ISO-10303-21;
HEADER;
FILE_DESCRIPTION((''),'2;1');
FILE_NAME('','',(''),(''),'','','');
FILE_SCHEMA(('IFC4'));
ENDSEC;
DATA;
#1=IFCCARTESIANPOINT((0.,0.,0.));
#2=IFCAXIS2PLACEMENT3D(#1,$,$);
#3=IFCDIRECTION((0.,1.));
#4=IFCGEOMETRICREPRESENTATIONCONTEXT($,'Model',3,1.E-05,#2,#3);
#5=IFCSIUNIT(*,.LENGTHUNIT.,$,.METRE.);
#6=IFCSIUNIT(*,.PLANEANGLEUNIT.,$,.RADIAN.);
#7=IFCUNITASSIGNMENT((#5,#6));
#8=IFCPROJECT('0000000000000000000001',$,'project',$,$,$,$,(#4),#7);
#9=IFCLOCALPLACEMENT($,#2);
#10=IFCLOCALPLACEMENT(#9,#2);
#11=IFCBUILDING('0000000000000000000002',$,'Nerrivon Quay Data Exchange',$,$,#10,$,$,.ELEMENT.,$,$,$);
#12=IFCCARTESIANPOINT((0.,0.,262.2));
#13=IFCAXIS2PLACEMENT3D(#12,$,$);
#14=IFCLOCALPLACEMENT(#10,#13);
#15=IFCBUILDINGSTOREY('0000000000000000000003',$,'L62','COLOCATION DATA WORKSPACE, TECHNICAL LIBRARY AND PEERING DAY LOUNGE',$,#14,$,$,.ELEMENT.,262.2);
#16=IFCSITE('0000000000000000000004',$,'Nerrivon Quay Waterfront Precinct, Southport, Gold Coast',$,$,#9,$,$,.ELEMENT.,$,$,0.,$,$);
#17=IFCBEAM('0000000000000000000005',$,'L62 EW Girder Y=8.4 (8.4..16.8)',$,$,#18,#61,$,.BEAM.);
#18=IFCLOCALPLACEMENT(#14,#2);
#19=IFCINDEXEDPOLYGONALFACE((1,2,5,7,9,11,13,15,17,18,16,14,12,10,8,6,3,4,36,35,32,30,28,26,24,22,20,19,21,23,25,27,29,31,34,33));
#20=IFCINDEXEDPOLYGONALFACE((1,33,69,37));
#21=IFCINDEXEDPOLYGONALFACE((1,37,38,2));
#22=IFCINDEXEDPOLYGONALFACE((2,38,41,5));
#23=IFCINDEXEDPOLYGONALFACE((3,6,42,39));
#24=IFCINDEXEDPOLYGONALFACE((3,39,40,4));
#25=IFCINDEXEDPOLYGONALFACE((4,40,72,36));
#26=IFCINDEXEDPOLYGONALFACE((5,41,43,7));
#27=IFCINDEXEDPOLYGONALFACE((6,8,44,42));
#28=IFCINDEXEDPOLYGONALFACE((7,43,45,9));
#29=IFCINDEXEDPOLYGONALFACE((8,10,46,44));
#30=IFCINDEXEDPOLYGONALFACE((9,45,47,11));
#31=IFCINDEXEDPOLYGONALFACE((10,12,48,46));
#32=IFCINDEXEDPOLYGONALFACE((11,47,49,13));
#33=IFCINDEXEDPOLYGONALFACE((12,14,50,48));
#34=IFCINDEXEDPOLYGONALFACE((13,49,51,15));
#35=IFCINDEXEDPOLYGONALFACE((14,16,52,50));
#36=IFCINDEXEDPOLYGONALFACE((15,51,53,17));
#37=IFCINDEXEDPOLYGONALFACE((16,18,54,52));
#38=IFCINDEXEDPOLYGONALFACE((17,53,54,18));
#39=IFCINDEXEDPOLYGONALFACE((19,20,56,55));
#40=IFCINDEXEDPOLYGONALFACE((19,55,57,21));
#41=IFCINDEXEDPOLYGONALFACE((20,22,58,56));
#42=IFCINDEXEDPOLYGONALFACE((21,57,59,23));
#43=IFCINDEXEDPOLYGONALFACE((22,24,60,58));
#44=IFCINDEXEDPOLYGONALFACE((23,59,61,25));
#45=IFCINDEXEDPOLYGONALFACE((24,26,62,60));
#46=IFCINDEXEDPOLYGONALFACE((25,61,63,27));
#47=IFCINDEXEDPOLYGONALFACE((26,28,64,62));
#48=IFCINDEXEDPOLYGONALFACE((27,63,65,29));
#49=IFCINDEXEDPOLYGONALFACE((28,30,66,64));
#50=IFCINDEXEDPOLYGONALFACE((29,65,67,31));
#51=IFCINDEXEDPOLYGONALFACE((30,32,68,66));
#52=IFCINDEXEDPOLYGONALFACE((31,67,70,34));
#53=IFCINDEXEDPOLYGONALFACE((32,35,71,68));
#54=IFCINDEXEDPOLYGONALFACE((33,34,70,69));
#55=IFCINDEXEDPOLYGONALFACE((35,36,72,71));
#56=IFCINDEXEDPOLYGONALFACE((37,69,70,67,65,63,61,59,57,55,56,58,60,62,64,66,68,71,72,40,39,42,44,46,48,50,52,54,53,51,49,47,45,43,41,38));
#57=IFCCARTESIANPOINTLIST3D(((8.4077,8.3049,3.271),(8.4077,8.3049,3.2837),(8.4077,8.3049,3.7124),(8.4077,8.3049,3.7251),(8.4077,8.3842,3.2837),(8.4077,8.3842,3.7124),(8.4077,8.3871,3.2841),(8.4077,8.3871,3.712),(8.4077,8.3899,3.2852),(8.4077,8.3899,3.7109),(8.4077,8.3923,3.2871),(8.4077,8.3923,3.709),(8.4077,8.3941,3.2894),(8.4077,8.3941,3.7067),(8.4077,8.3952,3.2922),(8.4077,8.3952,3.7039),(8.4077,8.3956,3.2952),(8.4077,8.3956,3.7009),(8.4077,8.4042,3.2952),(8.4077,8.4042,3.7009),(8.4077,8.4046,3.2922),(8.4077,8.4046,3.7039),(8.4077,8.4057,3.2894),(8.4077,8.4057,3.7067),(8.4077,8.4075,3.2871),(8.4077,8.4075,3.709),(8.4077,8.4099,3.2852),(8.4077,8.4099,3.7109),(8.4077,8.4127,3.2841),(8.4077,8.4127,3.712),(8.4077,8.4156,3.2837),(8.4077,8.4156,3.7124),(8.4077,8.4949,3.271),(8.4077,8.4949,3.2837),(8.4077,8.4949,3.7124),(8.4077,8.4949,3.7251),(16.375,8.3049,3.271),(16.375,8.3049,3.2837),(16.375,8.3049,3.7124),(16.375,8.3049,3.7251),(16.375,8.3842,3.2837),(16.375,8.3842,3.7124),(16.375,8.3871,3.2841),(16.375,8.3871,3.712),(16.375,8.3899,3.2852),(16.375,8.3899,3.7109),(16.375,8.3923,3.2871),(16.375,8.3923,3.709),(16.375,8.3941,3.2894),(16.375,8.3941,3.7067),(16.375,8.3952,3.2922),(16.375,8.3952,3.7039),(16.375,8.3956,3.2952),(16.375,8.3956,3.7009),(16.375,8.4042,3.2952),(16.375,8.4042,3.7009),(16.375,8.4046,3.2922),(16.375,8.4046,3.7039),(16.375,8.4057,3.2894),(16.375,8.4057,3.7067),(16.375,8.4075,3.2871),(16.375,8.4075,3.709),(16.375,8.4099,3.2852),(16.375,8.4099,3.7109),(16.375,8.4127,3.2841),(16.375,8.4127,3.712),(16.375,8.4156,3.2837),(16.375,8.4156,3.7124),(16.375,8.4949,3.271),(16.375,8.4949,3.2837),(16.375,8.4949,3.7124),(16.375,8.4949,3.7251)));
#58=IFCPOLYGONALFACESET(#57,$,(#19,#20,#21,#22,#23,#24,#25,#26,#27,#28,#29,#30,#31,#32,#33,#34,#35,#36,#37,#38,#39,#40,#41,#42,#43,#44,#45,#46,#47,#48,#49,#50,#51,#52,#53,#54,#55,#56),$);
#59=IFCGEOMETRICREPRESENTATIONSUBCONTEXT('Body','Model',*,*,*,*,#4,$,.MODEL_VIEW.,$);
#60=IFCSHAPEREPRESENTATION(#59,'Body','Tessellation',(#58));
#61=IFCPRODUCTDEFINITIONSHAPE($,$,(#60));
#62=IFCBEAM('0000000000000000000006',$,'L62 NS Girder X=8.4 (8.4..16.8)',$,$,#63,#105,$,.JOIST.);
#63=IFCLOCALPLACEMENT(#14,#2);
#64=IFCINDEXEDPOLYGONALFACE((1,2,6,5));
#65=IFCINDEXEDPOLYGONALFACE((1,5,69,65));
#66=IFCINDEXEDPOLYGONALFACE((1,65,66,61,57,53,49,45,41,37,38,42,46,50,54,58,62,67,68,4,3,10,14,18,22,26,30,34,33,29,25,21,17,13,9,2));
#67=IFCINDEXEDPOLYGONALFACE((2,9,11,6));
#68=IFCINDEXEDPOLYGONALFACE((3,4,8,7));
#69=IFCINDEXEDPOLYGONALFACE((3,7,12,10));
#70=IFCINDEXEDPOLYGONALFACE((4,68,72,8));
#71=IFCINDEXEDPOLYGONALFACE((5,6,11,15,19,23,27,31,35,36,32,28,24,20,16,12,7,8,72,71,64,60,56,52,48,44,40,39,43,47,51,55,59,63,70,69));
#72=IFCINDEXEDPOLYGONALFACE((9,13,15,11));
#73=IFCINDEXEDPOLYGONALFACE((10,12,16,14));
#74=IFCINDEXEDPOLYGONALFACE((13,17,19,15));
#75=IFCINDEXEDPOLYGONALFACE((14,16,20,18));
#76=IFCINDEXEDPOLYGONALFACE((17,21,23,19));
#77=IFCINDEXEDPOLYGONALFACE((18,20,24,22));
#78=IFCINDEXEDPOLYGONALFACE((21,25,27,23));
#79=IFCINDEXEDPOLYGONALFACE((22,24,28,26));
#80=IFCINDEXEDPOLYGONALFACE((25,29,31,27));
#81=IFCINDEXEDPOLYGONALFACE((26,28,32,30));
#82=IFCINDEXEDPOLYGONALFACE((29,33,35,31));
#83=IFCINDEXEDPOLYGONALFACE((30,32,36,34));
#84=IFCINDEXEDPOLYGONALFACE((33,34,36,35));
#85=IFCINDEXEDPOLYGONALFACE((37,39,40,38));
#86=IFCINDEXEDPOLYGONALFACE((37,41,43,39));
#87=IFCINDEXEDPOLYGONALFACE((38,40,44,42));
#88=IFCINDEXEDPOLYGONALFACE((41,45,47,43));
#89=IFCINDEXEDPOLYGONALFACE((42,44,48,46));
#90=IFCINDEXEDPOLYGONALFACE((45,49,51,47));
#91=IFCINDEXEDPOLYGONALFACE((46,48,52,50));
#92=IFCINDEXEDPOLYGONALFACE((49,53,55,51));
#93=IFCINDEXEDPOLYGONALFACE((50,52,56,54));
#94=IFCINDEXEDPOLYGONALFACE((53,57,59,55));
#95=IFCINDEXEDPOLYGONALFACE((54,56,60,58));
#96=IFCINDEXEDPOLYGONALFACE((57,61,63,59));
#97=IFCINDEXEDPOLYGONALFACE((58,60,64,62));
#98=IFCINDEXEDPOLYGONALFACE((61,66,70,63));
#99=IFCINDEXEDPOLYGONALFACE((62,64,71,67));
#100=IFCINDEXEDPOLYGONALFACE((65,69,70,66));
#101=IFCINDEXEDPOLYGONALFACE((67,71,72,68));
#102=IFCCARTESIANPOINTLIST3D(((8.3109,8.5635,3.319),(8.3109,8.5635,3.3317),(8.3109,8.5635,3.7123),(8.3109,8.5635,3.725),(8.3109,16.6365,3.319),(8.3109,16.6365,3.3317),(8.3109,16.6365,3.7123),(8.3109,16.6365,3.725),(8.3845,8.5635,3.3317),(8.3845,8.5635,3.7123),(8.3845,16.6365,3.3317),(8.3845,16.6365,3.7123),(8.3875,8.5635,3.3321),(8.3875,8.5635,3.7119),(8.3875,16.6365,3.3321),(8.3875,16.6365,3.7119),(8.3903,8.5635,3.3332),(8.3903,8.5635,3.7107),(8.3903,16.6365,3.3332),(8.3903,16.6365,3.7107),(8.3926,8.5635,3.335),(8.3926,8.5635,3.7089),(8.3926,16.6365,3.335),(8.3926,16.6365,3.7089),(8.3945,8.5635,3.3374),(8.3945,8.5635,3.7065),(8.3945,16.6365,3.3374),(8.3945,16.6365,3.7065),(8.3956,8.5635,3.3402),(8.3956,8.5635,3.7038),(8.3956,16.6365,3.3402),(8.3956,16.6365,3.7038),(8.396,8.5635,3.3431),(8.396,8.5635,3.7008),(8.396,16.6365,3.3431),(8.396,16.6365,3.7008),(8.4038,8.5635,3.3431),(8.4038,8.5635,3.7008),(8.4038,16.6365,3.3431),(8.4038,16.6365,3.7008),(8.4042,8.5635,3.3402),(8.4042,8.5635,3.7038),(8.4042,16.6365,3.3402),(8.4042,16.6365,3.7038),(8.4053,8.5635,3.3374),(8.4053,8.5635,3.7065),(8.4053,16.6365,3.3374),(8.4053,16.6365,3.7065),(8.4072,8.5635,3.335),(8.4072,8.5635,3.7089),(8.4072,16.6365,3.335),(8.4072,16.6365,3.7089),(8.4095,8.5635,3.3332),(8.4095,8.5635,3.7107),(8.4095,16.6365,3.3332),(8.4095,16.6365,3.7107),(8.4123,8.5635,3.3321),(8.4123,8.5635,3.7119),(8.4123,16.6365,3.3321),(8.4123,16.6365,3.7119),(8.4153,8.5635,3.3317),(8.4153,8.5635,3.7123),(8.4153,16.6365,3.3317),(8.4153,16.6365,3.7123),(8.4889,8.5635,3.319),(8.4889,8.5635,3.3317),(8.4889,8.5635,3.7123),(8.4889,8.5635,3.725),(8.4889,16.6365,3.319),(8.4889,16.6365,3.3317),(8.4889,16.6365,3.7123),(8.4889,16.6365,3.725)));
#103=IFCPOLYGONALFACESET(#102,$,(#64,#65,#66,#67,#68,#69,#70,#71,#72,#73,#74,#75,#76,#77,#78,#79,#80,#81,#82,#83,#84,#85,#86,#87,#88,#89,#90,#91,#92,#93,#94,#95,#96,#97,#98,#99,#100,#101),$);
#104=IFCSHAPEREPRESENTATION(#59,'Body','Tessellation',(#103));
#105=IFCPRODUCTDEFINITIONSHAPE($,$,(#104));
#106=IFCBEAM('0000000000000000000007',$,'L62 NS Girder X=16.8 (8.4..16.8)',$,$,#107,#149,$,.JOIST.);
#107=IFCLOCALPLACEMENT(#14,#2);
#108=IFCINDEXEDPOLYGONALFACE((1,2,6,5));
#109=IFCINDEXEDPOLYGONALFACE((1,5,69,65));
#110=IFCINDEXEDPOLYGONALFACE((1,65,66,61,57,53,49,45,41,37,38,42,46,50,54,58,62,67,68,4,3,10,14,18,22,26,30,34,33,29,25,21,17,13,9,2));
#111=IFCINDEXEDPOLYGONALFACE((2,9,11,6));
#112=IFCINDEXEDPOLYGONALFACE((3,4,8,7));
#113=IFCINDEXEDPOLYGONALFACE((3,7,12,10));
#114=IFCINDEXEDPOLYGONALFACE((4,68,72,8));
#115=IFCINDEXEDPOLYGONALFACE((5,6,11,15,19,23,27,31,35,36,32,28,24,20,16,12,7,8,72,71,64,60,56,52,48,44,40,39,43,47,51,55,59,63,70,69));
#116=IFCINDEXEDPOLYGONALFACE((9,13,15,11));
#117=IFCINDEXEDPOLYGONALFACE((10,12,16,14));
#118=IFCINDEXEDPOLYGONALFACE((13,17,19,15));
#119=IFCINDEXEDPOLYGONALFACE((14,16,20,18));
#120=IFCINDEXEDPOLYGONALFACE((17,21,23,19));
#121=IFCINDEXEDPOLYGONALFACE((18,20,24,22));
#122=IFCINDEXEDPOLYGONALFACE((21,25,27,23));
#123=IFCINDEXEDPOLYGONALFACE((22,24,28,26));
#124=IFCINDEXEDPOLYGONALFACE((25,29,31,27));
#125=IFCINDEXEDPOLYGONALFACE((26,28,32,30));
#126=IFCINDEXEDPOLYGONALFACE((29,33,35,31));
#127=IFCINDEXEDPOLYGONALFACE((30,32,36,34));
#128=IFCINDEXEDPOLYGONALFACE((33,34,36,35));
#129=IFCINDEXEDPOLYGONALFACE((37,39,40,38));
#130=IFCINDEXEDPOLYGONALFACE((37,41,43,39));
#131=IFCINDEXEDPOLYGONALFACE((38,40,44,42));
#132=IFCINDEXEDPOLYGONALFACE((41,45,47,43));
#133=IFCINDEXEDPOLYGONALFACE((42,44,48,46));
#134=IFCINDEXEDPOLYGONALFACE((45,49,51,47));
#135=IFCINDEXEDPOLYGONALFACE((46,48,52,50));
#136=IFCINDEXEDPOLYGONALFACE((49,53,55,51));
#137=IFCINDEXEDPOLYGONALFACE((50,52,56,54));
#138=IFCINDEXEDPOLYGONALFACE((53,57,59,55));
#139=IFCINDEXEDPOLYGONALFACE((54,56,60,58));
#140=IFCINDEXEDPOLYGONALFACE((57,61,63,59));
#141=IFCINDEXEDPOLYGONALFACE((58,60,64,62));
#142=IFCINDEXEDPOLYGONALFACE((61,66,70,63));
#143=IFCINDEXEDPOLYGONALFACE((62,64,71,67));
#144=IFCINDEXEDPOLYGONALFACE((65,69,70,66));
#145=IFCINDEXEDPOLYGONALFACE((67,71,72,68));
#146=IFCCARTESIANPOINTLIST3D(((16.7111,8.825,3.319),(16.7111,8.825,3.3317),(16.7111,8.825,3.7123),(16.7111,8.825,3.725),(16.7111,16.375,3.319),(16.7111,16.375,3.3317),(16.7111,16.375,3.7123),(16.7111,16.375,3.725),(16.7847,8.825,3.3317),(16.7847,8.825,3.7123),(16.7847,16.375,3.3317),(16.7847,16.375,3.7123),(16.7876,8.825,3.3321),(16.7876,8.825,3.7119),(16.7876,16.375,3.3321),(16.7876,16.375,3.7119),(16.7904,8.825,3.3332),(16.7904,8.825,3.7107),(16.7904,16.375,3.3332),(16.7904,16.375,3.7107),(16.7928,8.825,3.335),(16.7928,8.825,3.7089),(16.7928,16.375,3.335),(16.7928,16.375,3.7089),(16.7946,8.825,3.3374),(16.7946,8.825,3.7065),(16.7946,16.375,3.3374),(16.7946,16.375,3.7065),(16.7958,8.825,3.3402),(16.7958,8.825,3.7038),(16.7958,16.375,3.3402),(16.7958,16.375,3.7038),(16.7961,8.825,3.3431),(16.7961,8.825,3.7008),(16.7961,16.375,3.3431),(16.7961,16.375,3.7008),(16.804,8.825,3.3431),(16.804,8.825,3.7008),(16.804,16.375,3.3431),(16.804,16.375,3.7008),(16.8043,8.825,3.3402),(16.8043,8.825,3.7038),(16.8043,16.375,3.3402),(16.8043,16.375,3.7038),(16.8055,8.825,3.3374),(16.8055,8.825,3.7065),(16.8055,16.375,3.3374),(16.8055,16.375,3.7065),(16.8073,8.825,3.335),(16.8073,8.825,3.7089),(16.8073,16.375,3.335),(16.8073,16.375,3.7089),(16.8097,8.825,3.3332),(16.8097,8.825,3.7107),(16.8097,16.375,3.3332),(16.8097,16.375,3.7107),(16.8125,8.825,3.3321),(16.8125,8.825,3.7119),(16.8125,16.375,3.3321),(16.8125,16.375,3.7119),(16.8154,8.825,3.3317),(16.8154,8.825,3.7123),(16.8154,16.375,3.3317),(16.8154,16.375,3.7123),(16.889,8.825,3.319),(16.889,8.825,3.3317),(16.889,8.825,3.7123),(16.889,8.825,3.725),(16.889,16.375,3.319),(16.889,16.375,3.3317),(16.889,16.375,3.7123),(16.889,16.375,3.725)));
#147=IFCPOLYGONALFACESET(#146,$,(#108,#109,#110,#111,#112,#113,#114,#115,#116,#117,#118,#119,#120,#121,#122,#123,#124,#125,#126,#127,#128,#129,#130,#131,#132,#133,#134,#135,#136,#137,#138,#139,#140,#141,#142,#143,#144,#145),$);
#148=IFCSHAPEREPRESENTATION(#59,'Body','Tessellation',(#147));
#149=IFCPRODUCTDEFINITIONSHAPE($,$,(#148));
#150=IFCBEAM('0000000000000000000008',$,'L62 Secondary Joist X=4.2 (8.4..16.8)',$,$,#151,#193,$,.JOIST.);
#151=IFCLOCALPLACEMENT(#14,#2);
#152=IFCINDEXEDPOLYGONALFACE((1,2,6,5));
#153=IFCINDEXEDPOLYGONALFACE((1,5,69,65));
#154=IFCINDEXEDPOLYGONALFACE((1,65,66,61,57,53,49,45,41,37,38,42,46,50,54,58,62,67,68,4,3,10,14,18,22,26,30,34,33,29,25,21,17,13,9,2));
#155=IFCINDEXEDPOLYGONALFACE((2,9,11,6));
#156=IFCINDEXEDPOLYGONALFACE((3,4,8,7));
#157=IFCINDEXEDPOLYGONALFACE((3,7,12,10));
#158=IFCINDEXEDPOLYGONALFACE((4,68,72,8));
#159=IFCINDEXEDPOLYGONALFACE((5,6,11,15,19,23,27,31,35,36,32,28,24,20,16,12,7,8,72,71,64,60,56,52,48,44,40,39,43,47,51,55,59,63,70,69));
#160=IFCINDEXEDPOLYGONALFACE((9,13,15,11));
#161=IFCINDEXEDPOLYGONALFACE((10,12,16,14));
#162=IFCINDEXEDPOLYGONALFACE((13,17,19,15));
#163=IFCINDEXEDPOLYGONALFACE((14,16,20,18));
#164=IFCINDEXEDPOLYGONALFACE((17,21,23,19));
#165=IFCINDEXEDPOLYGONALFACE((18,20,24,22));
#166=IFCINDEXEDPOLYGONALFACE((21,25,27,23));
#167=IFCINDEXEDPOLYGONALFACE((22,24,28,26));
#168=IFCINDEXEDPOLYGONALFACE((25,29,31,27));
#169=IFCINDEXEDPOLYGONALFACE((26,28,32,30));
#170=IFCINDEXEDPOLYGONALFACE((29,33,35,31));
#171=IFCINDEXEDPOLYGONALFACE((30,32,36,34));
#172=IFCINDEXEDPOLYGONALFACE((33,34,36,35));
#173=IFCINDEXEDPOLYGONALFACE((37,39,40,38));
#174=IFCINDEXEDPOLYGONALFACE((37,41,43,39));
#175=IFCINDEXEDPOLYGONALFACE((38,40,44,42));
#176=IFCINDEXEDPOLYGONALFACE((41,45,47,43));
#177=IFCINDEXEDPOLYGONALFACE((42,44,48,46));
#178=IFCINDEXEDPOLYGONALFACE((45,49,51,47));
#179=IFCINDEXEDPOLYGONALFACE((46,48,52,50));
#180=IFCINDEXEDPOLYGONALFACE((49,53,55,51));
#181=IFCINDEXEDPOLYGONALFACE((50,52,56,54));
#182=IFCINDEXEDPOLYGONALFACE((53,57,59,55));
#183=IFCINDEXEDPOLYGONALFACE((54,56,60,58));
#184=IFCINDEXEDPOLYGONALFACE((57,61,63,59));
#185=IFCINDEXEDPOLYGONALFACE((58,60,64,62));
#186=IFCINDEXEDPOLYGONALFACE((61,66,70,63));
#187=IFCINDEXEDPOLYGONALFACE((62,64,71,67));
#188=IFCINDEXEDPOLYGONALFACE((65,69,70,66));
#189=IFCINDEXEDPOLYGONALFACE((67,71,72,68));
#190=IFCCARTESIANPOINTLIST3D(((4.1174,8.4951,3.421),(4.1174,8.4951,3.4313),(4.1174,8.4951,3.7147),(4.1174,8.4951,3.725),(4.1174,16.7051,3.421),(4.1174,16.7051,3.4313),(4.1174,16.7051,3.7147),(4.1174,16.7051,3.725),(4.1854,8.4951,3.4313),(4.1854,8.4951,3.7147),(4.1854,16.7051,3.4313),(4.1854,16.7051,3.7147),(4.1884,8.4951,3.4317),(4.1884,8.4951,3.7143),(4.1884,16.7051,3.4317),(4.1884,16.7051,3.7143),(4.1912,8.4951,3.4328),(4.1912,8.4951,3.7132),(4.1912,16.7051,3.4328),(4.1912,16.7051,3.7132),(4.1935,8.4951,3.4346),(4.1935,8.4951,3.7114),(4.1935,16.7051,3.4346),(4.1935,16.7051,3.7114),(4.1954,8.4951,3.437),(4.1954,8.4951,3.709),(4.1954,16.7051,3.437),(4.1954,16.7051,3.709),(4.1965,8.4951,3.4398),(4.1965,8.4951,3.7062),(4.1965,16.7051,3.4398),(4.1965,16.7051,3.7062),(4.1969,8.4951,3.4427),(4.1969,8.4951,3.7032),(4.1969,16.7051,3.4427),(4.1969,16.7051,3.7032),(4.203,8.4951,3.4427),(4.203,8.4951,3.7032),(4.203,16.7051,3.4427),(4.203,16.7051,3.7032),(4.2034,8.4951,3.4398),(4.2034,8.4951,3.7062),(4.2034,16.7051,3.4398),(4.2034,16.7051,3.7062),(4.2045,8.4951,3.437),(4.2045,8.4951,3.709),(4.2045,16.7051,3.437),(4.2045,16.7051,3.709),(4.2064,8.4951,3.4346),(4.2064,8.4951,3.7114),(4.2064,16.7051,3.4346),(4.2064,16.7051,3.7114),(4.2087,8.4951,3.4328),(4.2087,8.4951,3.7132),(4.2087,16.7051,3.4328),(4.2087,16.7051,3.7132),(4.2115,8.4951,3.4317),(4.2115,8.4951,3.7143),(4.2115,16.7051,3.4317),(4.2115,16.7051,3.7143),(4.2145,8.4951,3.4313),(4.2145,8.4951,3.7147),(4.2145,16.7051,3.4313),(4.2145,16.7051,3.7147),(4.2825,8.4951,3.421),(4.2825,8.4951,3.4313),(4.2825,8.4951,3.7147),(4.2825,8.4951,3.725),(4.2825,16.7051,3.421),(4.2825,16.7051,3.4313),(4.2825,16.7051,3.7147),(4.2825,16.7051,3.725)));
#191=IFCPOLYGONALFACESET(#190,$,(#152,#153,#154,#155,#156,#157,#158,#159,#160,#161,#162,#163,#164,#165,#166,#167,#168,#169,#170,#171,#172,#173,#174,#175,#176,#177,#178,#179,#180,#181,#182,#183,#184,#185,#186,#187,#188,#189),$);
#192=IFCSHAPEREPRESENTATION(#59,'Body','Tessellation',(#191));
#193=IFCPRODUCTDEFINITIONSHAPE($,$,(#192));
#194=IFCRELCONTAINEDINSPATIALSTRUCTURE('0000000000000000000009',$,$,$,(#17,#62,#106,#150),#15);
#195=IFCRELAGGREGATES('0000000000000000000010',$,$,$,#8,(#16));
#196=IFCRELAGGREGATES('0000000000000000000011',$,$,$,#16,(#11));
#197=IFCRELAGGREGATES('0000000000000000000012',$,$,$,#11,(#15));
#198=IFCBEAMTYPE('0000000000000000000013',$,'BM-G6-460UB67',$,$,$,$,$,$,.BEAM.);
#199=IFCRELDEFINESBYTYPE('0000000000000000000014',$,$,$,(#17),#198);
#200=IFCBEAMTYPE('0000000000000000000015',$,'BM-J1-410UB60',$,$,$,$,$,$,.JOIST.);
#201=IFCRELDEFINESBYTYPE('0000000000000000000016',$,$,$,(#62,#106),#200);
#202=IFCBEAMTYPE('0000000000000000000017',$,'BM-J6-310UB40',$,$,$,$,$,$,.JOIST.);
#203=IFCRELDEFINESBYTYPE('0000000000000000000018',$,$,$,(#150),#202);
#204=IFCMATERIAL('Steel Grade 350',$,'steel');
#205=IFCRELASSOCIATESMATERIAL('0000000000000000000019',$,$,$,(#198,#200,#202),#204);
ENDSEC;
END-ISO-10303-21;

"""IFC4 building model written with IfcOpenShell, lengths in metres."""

from ifc_helpers import new_model, si_unit, direction, frame, origin, origin_2d, place, context, subcontext, project, spatial, i_section, extrude, material, material_profile, profile_set, type_object, element, save


model = new_model("IFC4")

# Units and contexts
model_context = context("Model", 3, precision=1e-05, world=origin(), true_north=direction((0.0, 1.0)))
body_context = subcontext(model_context, "Body", "Model", "MODEL_VIEW")
ifc_project = project(units=[si_unit("LENGTHUNIT", "METRE"), si_unit("PLANEANGLEUNIT", "RADIAN")], contexts=[model_context])

# Site, building, storey
site_placement = place(None, origin())
site = spatial("IfcSite", under=ifc_project, at=site_placement, Name="Nerrivon Quay Waterfront Precinct, Southport, Gold Coast", CompositionType="ELEMENT", RefElevation=0.0)
building_placement = place(site_placement, origin())
building = spatial("IfcBuilding", under=site, at=building_placement, Name="Nerrivon Quay Data Exchange", CompositionType="ELEMENT")
storey_placement = place(building_placement, frame((0.0, 0.0, 262.2)))
storey = spatial("IfcBuildingStorey", under=building, at=storey_placement, Name="L62", Description="COLOCATION DATA WORKSPACE, TECHNICAL LIBRARY AND PEERING DAY LOUNGE", CompositionType="ELEMENT", Elevation=262.2)

# Shared definitions
ifc_material_1 = material(Name="Steel Grade 350", Category="steel")

# Beams
ifc_material_profile_1 = material_profile(ifc_material_1, i_section(OverallWidth=0.1899, OverallDepth=0.4541, WebThickness=0.0085, FlangeThickness=0.0127, FilletRadius=0.0115, at=origin_2d()), Name="460UB67.1")
ifc_profile_set_1 = profile_set([ifc_material_profile_1], Name="Steel Grade 350")
beam_type_1 = type_object("IfcBeamType", Name="BM-G6-460UB67", PredefinedType="BEAM", material=ifc_profile_set_1)
beam_1_placement = place(storey_placement, frame((8.4077, 8.3999, 3.498), z_axis=(1.0, 0.0, 0.0), x_axis=(0.0, 1.0, 0.0)))
element("IfcBeam", 1, at=beam_1_placement, inside=storey, type_object=beam_type_1, Name="L62 EW Girder Y=8.4 (8.4..16.8)", PredefinedType="BEAM", context=body_context, shape_type="SweptSolid", body=[
    extrude(i_section(OverallWidth=0.1899, OverallDepth=0.4541, WebThickness=0.0085, FlangeThickness=0.0127, FilletRadius=0.0115, at=origin_2d()), origin(), (0.0, 0.0, 1.0), 7.9673),
])
ifc_material_profile_2 = material_profile(ifc_material_1, i_section(OverallWidth=0.178, OverallDepth=0.406, WebThickness=0.0078, FlangeThickness=0.0127, FilletRadius=0.0115, at=origin_2d()), Name="410UB59.7")
ifc_profile_set_2 = profile_set([ifc_material_profile_2], Name="Steel Grade 350")
beam_type_2 = type_object("IfcBeamType", Name="BM-J1-410UB60", PredefinedType="JOIST", material=ifc_profile_set_2)
beam_2_placement = place(storey_placement, frame((8.3999, 8.5635, 3.522), z_axis=(0.0, 1.0, 0.0), x_axis=(-1.0, 0.0, 0.0)))
element("IfcBeam", 2, at=beam_2_placement, inside=storey, type_object=beam_type_2, Name="L62 NS Girder X=8.4 (8.4..16.8)", PredefinedType="JOIST", context=body_context, shape_type="SweptSolid", body=[
    extrude(i_section(OverallWidth=0.178, OverallDepth=0.406, WebThickness=0.0078, FlangeThickness=0.0127, FilletRadius=0.0115, at=origin_2d()), origin(), (0.0, 0.0, 1.0), 8.073),
])
beam_3_placement = place(storey_placement, frame((16.8, 8.825, 3.522), z_axis=(0.0, 1.0, 0.0), x_axis=(-1.0, 0.0, 0.0)))
element("IfcBeam", 3, at=beam_3_placement, inside=storey, type_object=beam_type_2, Name="L62 NS Girder X=16.8 (8.4..16.8)", PredefinedType="JOIST", context=body_context, shape_type="SweptSolid", body=[
    extrude(i_section(OverallWidth=0.178, OverallDepth=0.406, WebThickness=0.0078, FlangeThickness=0.0127, FilletRadius=0.0115, at=origin_2d()), origin(), (0.0, 0.0, 1.0), 7.55),
])
ifc_material_profile_3 = material_profile(ifc_material_1, i_section(OverallWidth=0.165, OverallDepth=0.304, WebThickness=0.0061, FlangeThickness=0.0103, FilletRadius=0.0115, at=origin_2d()), Name="310UB40.4")
ifc_profile_set_3 = profile_set([ifc_material_profile_3], Name="Steel Grade 350")
beam_type_3 = type_object("IfcBeamType", Name="BM-J6-310UB40", PredefinedType="JOIST", material=ifc_profile_set_3)
for number, where, z_axis, x_axis, name in (
    (4, (4.2, 8.4951, 3.573), (0.0, 1.0, 0.0), (-1.0, 0.0, 0.0), "L62 Secondary Joist X=4.2 (8.4..16.8)"),
):
    element("IfcBeam", number, at=place(storey_placement, frame(where, z_axis=z_axis, x_axis=x_axis)), inside=storey, type_object=beam_type_3, Name=name, PredefinedType="JOIST", context=body_context, shape_type="SweptSolid", body=[
        extrude(i_section(OverallWidth=0.165, OverallDepth=0.304, WebThickness=0.0061, FlangeThickness=0.0103, FilletRadius=0.0115, at=origin_2d()), origin(), (0.0, 0.0, 1.0), 8.21),
    ])

save(model, "model.ifc")
